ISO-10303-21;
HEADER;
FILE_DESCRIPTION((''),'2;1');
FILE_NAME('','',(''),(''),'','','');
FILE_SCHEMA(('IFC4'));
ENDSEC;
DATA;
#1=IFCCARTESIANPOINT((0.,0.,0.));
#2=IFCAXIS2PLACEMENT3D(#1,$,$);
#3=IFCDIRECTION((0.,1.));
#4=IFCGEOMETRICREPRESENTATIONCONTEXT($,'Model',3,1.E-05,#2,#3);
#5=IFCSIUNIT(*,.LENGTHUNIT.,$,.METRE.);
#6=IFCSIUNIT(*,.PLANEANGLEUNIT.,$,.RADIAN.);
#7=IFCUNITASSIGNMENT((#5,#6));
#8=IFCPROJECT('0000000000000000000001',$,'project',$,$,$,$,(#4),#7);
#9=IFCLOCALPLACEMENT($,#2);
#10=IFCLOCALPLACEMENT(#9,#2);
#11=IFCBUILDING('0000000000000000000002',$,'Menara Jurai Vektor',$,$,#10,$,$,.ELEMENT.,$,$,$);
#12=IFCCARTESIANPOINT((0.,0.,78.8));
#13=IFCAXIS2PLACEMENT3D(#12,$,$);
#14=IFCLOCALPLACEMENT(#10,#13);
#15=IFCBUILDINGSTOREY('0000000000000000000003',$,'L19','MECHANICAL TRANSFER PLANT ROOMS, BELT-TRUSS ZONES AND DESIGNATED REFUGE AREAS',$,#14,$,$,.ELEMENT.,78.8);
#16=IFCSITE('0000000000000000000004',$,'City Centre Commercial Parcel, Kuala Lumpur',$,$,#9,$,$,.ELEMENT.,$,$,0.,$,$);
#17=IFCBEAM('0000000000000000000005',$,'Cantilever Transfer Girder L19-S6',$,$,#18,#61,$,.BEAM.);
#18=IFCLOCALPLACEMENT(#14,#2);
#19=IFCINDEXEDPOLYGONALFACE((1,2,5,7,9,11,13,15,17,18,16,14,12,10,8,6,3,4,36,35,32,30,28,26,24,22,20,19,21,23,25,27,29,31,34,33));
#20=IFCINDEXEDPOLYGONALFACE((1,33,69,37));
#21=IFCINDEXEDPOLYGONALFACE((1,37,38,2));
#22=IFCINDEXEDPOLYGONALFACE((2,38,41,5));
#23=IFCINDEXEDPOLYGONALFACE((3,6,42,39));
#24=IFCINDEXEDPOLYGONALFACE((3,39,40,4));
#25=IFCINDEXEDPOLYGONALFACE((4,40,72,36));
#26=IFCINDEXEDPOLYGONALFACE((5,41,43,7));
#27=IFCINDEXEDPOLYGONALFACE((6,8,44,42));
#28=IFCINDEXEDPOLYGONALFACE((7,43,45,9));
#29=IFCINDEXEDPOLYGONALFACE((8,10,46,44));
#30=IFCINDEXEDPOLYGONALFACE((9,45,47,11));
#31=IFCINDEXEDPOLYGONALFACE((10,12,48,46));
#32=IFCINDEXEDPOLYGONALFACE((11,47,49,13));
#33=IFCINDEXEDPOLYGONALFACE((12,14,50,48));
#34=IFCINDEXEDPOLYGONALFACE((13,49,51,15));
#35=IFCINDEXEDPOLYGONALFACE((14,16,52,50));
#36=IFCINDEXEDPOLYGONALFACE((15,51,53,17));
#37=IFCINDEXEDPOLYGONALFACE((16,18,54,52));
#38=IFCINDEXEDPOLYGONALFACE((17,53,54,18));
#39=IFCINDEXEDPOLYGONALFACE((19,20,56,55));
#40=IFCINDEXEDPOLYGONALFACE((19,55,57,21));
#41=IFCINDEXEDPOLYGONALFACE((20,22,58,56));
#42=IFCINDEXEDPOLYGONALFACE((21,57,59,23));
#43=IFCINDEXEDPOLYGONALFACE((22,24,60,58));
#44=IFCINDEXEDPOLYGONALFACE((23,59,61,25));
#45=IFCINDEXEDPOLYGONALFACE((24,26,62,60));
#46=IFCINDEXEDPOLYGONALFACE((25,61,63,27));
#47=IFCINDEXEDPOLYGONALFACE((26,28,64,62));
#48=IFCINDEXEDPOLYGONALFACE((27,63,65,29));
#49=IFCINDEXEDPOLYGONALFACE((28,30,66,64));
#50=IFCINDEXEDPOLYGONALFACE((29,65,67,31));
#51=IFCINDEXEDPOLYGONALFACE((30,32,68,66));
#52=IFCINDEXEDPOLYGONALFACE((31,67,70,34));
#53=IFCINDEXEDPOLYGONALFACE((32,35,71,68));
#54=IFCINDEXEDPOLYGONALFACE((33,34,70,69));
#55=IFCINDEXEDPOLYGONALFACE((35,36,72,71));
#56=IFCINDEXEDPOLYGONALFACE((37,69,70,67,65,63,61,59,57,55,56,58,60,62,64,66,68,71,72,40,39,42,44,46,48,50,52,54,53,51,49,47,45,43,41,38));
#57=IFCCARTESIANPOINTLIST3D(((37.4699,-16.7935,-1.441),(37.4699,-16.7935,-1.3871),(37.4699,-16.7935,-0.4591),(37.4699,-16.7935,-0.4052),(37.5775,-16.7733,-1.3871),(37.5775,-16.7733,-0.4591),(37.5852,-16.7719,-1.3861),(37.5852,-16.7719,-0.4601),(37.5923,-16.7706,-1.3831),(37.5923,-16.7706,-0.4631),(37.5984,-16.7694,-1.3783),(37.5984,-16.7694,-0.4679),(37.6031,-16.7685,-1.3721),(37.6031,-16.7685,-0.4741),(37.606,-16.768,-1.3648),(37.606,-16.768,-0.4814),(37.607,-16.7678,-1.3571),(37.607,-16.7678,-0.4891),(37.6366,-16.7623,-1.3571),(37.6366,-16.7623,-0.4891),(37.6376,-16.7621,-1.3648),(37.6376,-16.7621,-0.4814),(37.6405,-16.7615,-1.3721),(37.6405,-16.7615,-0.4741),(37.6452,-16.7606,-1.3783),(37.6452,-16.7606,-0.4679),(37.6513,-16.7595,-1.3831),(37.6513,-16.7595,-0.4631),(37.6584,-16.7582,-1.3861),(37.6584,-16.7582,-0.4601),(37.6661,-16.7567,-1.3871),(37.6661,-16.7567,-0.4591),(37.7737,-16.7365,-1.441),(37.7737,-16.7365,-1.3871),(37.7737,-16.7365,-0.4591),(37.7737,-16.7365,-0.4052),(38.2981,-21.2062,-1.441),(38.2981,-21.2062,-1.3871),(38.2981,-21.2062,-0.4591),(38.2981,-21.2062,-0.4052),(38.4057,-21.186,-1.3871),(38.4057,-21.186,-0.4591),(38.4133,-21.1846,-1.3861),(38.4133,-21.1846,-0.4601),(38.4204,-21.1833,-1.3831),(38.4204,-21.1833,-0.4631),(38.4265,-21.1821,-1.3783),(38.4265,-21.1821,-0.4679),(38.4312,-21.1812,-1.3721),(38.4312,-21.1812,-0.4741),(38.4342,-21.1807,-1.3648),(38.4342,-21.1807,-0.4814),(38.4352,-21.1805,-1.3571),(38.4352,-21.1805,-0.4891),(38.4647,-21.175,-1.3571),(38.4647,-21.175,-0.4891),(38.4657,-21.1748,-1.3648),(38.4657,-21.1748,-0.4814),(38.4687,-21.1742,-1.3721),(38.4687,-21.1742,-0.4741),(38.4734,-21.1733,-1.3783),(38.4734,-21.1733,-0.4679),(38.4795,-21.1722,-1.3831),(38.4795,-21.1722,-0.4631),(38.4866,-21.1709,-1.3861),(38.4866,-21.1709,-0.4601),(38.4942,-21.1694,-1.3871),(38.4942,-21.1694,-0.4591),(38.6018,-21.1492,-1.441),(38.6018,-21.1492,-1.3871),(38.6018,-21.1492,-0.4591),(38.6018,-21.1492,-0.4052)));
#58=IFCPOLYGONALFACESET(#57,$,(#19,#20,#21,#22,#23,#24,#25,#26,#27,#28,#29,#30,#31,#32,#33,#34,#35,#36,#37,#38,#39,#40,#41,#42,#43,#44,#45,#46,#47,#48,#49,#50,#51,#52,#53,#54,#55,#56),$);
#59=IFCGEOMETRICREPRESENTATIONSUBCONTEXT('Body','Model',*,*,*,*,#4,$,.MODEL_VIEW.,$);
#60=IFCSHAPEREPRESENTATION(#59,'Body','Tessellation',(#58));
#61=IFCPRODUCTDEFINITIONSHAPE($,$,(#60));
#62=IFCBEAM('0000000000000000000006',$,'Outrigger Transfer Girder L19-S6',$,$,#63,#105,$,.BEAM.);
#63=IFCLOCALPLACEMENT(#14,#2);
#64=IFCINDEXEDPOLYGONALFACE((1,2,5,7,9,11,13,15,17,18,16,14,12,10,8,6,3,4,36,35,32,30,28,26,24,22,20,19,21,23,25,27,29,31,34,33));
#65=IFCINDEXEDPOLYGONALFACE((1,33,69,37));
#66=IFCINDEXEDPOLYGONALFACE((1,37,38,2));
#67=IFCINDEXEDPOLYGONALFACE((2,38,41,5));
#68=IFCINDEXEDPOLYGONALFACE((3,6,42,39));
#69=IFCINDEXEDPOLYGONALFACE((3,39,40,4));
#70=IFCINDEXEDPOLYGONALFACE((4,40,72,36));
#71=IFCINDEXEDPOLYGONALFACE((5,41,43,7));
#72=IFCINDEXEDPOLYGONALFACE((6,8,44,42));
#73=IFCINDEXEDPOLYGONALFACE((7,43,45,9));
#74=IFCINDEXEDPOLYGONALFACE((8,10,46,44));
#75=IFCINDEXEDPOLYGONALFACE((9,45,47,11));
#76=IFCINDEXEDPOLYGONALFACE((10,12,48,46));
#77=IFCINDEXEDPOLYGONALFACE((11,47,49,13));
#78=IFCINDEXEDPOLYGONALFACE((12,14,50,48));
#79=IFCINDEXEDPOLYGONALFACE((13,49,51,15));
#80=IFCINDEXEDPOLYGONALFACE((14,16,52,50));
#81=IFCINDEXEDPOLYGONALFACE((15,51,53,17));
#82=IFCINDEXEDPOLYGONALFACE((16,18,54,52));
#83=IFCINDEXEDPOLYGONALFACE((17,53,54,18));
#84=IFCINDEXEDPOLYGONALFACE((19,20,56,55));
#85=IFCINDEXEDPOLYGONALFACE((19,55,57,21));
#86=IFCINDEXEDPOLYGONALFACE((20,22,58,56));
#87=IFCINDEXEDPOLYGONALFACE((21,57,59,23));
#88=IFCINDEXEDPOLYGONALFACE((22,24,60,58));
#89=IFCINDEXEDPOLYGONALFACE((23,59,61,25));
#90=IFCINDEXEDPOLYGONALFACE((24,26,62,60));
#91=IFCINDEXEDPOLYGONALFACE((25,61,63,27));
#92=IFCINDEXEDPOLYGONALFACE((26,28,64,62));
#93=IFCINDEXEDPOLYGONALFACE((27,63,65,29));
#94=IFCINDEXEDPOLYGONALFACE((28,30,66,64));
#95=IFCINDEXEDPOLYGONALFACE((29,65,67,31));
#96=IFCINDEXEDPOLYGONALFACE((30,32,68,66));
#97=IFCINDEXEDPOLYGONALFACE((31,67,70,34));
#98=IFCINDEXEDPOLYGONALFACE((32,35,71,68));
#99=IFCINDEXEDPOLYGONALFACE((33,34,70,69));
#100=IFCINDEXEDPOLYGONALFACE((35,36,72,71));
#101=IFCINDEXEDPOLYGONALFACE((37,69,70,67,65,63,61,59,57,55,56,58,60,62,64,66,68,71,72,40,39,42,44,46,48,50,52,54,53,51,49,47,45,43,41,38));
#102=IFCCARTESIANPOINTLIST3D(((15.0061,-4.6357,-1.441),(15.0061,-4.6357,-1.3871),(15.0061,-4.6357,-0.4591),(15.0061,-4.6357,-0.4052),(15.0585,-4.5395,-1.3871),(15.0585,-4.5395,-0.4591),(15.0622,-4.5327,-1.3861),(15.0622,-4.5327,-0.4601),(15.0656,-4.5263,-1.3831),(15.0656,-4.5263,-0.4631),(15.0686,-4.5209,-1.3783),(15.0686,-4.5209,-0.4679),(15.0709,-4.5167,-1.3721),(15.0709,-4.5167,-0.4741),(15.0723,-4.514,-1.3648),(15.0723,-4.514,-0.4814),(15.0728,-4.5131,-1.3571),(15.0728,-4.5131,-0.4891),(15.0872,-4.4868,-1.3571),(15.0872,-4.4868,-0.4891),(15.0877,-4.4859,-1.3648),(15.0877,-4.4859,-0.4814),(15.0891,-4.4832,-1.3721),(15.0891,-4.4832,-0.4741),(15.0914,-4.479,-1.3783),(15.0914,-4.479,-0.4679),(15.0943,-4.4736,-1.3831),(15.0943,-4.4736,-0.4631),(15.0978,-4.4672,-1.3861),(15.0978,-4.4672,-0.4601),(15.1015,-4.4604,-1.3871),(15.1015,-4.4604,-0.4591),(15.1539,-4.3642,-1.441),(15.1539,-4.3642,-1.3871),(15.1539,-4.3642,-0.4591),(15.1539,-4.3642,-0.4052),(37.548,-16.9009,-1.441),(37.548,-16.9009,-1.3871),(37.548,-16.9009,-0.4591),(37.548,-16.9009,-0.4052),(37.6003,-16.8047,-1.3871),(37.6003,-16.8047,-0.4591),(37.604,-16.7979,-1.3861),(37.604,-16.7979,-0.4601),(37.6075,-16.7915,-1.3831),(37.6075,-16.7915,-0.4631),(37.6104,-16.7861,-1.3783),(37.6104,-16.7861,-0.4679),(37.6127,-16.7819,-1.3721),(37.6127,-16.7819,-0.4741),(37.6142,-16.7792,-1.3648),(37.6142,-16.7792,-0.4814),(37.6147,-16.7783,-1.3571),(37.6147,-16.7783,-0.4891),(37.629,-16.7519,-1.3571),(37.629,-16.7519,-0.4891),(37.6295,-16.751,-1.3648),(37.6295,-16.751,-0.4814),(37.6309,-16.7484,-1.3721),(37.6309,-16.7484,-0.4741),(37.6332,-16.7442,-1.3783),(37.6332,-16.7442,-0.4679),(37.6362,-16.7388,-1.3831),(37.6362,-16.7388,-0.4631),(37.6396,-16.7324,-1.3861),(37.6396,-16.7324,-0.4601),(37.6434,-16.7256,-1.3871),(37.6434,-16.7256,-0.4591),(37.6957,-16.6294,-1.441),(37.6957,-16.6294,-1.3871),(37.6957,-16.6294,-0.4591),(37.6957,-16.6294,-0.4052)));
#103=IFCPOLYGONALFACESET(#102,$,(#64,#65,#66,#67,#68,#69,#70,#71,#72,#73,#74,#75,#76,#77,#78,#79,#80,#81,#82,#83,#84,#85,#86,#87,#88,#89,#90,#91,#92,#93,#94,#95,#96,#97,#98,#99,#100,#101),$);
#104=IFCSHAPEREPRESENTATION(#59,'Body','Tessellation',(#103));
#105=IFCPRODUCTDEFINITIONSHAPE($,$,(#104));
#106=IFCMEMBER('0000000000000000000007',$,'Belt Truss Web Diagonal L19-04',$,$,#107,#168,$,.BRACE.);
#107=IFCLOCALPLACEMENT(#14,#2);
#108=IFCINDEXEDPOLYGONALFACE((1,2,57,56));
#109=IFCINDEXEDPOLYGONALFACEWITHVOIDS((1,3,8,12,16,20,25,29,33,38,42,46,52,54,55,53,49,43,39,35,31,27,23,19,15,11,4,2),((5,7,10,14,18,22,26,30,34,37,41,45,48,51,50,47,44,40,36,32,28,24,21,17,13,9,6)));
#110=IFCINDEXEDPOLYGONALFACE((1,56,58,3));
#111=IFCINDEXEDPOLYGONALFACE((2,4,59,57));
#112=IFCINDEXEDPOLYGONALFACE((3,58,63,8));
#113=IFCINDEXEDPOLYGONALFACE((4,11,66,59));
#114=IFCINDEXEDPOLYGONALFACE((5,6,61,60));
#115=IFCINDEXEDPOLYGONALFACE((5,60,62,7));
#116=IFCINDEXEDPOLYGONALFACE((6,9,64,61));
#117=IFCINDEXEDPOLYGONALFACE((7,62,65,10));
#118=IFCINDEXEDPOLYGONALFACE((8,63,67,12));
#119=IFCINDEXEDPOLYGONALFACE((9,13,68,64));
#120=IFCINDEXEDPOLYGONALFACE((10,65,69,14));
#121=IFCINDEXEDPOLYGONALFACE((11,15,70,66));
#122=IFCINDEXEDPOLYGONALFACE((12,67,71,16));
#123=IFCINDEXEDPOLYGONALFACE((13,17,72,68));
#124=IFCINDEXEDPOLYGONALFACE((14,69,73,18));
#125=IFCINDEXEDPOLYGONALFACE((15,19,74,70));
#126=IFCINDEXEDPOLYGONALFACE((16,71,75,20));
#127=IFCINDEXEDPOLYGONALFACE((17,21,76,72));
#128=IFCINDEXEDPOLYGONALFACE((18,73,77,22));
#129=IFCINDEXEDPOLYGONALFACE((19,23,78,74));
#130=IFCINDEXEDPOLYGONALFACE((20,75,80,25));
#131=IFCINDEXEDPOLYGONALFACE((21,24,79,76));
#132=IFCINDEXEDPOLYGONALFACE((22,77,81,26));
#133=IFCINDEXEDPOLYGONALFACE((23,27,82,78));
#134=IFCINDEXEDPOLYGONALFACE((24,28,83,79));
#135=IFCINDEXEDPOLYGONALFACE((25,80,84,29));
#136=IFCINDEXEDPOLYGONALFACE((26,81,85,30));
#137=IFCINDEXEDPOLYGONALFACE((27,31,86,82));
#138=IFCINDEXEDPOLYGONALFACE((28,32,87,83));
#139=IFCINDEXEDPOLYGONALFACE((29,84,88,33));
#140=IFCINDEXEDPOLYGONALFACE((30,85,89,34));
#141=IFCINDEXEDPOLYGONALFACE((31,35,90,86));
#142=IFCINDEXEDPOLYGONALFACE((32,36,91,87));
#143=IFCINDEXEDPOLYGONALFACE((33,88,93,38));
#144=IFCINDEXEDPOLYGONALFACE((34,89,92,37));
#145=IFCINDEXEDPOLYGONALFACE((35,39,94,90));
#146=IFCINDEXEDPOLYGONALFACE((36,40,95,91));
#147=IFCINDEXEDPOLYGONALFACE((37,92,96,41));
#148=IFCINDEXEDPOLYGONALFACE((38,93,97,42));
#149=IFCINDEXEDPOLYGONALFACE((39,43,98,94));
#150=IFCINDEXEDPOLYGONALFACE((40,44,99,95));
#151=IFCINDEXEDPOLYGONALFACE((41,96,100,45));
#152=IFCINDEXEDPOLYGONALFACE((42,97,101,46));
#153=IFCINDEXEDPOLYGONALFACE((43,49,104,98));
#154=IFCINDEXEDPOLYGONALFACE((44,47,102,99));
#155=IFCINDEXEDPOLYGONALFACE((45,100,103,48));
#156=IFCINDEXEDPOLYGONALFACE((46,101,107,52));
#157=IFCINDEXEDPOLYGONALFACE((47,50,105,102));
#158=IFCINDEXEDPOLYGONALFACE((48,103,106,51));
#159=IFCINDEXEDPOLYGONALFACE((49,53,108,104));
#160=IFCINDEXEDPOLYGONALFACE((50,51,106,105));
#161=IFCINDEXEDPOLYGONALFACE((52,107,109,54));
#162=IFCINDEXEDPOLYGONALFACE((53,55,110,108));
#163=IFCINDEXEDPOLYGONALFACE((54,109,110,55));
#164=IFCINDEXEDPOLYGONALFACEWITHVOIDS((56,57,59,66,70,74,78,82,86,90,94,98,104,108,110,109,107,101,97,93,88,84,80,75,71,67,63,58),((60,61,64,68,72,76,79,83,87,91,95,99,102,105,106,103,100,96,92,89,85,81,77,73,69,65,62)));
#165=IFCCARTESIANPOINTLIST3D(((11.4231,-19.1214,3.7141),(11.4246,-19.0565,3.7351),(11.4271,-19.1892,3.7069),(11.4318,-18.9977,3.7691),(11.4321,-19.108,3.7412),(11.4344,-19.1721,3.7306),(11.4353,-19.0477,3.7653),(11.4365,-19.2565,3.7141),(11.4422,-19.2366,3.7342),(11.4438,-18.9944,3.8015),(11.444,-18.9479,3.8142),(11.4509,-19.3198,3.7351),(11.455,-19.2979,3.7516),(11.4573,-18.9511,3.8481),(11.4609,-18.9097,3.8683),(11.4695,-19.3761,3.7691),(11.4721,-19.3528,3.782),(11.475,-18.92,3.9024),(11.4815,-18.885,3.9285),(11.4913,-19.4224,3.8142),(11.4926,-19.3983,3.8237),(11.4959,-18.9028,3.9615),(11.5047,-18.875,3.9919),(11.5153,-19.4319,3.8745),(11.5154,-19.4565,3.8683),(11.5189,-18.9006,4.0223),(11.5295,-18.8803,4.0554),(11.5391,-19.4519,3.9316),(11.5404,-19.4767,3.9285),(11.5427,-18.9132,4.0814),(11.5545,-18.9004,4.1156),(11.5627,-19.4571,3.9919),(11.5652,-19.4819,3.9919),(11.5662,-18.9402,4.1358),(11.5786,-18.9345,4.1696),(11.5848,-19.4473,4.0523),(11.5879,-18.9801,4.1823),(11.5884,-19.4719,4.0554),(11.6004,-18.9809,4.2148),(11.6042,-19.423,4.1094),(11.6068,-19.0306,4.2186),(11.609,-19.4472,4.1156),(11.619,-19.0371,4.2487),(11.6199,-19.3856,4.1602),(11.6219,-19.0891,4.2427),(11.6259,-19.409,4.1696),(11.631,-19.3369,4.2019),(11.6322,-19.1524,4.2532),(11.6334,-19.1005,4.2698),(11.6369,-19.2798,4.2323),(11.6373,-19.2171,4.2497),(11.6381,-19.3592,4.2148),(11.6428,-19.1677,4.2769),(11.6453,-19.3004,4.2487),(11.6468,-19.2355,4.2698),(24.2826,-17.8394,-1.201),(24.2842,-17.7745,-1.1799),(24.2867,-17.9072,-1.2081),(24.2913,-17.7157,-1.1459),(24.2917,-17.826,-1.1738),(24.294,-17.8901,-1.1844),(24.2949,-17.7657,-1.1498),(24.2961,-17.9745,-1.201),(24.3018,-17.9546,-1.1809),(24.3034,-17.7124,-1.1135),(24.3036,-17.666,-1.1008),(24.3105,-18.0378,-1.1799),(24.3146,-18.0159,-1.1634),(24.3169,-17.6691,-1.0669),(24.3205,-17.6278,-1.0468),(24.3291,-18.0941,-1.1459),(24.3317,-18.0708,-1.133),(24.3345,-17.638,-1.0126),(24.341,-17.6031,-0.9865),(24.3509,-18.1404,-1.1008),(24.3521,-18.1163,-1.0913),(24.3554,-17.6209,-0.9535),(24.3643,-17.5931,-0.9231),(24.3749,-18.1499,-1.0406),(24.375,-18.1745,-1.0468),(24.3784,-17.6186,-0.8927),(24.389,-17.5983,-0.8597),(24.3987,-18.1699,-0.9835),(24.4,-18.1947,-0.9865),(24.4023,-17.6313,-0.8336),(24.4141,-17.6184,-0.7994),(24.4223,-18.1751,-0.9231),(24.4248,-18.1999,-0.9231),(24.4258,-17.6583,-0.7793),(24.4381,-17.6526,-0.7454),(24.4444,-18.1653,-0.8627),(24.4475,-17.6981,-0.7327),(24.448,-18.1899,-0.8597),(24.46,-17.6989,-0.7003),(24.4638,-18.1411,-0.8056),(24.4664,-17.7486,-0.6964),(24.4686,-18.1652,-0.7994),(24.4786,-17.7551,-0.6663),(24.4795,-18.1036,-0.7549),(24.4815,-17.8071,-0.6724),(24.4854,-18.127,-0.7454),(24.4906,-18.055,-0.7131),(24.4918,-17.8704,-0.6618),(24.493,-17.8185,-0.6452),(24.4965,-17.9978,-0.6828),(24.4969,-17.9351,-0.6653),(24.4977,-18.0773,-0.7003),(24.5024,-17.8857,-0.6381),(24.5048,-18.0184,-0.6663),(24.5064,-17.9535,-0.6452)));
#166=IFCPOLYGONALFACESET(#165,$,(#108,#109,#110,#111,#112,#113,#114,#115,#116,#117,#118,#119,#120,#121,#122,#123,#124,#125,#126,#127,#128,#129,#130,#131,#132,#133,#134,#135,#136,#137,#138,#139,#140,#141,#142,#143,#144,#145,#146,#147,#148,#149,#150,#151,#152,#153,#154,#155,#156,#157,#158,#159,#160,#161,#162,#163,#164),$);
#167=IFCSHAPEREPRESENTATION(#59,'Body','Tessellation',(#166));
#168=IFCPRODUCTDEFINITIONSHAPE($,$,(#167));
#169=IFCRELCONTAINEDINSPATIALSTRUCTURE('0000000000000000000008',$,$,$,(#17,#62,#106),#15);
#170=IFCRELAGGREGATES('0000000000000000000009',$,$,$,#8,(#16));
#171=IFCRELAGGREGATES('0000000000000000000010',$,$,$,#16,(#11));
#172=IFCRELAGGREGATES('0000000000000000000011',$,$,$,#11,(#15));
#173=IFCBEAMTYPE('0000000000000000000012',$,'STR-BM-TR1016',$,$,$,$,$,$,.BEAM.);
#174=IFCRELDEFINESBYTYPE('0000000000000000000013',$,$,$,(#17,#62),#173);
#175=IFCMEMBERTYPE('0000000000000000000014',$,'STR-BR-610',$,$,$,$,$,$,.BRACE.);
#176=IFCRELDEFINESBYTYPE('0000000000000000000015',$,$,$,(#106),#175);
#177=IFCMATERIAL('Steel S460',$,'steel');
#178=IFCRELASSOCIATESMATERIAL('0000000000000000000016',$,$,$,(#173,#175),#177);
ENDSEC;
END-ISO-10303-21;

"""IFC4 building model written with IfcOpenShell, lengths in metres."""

from ifc_helpers import new_model, si_unit, direction, frame, origin, origin_2d, place, context, subcontext, project, spatial, hollow_circle, i_section, extrude, material, material_profile, profile_set, type_object, element, save


model = new_model("IFC4")

# Units and contexts
model_context = context("Model", 3, precision=1e-05, world=origin(), true_north=direction((0.0, 1.0)))
body_context = subcontext(model_context, "Body", "Model", "MODEL_VIEW")
ifc_project = project(units=[si_unit("LENGTHUNIT", "METRE"), si_unit("PLANEANGLEUNIT", "RADIAN")], contexts=[model_context])

# Site, building, storey
site_placement = place(None, origin())
site = spatial("IfcSite", under=ifc_project, at=site_placement, Name="City Centre Commercial Parcel, Kuala Lumpur", CompositionType="ELEMENT", RefElevation=0.0)
building_placement = place(site_placement, origin())
building = spatial("IfcBuilding", under=site, at=building_placement, Name="Menara Jurai Vektor", CompositionType="ELEMENT")
storey_placement = place(building_placement, frame((0.0, 0.0, 78.8)))
storey = spatial("IfcBuildingStorey", under=building, at=storey_placement, Name="L19", Description="MECHANICAL TRANSFER PLANT ROOMS, BELT-TRUSS ZONES AND DESIGNATED REFUGE AREAS", CompositionType="ELEMENT", Elevation=78.8)

# Shared definitions
ifc_material_1 = material(Name="Steel S460", Category="steel")

# Beams
ifc_material_profile_1 = material_profile(ifc_material_1, i_section(OverallWidth=0.3091, OverallDepth=1.0359, WebThickness=0.03, FlangeThickness=0.054, FilletRadius=0.03, at=origin_2d()), Name="UKB 1016x305x487")
ifc_profile_set_1 = profile_set([ifc_material_profile_1], Name="Steel S460")
beam_type_1 = type_object("IfcBeamType", Name="STR-BM-TR1016", PredefinedType="BEAM", material=ifc_profile_set_1)
beam_1_placement = place(storey_placement, frame((38.45, -21.1777, -0.9231), z_axis=(-0.184453, 0.982841, 0.0), x_axis=(-0.982841, -0.184453, 0.0)))
element("IfcBeam", 1, at=beam_1_placement, inside=storey, type_object=beam_type_1, Name="Cantilever Transfer Girder L19-S6", PredefinedType="BEAM", context=body_context, shape_type="SweptSolid", body=[
    extrude(i_section(OverallWidth=0.3091, OverallDepth=1.0359, WebThickness=0.03, FlangeThickness=0.054, FilletRadius=0.03, at=origin_2d()), origin(), (0.0, 0.0, 1.0), 4.4897),
])
beam_2_placement = place(storey_placement, frame((37.6218, -16.7651, -0.9231), z_axis=(-0.878392, 0.47794, 0.0), x_axis=(-0.47794, -0.878392, 0.0)))
element("IfcBeam", 2, at=beam_2_placement, inside=storey, type_object=beam_type_1, Name="Outrigger Transfer Girder L19-S6", PredefinedType="BEAM", context=body_context, shape_type="SweptSolid", body=[
    extrude(i_section(OverallWidth=0.3091, OverallDepth=1.0359, WebThickness=0.03, FlangeThickness=0.054, FilletRadius=0.03, at=origin_2d()), origin(), (0.0, 0.0, 1.0), 25.6626),
])

# Member
ifc_material_profile_2 = material_profile(ifc_material_1, hollow_circle(Radius=0.3049, WallThickness=0.0249, at=origin_2d()), Name="CHS 610x25")
ifc_profile_set_2 = profile_set([ifc_material_profile_2], Name="Steel S460")
member_type_1 = type_object("IfcMemberType", Name="STR-BR-610", PredefinedType="BRACE", material=ifc_profile_set_2)
member_1_placement = place(storey_placement, frame((24.3945, -17.8965, -0.9231), z_axis=(-0.930073, -0.09272, 0.355481), x_axis=(0.099199, -0.995068, 0.0)))
element("IfcMember", 3, at=member_1_placement, inside=storey, type_object=member_type_1, Name="Belt Truss Web Diagonal L19-04", PredefinedType="BRACE", context=body_context, shape_type="SweptSolid", body=[
    extrude(hollow_circle(Radius=0.3049, WallThickness=0.0249, at=origin_2d()), origin(), (0.0, 0.0, 1.0), 13.8264),
])

save(model, "model.ifc")
